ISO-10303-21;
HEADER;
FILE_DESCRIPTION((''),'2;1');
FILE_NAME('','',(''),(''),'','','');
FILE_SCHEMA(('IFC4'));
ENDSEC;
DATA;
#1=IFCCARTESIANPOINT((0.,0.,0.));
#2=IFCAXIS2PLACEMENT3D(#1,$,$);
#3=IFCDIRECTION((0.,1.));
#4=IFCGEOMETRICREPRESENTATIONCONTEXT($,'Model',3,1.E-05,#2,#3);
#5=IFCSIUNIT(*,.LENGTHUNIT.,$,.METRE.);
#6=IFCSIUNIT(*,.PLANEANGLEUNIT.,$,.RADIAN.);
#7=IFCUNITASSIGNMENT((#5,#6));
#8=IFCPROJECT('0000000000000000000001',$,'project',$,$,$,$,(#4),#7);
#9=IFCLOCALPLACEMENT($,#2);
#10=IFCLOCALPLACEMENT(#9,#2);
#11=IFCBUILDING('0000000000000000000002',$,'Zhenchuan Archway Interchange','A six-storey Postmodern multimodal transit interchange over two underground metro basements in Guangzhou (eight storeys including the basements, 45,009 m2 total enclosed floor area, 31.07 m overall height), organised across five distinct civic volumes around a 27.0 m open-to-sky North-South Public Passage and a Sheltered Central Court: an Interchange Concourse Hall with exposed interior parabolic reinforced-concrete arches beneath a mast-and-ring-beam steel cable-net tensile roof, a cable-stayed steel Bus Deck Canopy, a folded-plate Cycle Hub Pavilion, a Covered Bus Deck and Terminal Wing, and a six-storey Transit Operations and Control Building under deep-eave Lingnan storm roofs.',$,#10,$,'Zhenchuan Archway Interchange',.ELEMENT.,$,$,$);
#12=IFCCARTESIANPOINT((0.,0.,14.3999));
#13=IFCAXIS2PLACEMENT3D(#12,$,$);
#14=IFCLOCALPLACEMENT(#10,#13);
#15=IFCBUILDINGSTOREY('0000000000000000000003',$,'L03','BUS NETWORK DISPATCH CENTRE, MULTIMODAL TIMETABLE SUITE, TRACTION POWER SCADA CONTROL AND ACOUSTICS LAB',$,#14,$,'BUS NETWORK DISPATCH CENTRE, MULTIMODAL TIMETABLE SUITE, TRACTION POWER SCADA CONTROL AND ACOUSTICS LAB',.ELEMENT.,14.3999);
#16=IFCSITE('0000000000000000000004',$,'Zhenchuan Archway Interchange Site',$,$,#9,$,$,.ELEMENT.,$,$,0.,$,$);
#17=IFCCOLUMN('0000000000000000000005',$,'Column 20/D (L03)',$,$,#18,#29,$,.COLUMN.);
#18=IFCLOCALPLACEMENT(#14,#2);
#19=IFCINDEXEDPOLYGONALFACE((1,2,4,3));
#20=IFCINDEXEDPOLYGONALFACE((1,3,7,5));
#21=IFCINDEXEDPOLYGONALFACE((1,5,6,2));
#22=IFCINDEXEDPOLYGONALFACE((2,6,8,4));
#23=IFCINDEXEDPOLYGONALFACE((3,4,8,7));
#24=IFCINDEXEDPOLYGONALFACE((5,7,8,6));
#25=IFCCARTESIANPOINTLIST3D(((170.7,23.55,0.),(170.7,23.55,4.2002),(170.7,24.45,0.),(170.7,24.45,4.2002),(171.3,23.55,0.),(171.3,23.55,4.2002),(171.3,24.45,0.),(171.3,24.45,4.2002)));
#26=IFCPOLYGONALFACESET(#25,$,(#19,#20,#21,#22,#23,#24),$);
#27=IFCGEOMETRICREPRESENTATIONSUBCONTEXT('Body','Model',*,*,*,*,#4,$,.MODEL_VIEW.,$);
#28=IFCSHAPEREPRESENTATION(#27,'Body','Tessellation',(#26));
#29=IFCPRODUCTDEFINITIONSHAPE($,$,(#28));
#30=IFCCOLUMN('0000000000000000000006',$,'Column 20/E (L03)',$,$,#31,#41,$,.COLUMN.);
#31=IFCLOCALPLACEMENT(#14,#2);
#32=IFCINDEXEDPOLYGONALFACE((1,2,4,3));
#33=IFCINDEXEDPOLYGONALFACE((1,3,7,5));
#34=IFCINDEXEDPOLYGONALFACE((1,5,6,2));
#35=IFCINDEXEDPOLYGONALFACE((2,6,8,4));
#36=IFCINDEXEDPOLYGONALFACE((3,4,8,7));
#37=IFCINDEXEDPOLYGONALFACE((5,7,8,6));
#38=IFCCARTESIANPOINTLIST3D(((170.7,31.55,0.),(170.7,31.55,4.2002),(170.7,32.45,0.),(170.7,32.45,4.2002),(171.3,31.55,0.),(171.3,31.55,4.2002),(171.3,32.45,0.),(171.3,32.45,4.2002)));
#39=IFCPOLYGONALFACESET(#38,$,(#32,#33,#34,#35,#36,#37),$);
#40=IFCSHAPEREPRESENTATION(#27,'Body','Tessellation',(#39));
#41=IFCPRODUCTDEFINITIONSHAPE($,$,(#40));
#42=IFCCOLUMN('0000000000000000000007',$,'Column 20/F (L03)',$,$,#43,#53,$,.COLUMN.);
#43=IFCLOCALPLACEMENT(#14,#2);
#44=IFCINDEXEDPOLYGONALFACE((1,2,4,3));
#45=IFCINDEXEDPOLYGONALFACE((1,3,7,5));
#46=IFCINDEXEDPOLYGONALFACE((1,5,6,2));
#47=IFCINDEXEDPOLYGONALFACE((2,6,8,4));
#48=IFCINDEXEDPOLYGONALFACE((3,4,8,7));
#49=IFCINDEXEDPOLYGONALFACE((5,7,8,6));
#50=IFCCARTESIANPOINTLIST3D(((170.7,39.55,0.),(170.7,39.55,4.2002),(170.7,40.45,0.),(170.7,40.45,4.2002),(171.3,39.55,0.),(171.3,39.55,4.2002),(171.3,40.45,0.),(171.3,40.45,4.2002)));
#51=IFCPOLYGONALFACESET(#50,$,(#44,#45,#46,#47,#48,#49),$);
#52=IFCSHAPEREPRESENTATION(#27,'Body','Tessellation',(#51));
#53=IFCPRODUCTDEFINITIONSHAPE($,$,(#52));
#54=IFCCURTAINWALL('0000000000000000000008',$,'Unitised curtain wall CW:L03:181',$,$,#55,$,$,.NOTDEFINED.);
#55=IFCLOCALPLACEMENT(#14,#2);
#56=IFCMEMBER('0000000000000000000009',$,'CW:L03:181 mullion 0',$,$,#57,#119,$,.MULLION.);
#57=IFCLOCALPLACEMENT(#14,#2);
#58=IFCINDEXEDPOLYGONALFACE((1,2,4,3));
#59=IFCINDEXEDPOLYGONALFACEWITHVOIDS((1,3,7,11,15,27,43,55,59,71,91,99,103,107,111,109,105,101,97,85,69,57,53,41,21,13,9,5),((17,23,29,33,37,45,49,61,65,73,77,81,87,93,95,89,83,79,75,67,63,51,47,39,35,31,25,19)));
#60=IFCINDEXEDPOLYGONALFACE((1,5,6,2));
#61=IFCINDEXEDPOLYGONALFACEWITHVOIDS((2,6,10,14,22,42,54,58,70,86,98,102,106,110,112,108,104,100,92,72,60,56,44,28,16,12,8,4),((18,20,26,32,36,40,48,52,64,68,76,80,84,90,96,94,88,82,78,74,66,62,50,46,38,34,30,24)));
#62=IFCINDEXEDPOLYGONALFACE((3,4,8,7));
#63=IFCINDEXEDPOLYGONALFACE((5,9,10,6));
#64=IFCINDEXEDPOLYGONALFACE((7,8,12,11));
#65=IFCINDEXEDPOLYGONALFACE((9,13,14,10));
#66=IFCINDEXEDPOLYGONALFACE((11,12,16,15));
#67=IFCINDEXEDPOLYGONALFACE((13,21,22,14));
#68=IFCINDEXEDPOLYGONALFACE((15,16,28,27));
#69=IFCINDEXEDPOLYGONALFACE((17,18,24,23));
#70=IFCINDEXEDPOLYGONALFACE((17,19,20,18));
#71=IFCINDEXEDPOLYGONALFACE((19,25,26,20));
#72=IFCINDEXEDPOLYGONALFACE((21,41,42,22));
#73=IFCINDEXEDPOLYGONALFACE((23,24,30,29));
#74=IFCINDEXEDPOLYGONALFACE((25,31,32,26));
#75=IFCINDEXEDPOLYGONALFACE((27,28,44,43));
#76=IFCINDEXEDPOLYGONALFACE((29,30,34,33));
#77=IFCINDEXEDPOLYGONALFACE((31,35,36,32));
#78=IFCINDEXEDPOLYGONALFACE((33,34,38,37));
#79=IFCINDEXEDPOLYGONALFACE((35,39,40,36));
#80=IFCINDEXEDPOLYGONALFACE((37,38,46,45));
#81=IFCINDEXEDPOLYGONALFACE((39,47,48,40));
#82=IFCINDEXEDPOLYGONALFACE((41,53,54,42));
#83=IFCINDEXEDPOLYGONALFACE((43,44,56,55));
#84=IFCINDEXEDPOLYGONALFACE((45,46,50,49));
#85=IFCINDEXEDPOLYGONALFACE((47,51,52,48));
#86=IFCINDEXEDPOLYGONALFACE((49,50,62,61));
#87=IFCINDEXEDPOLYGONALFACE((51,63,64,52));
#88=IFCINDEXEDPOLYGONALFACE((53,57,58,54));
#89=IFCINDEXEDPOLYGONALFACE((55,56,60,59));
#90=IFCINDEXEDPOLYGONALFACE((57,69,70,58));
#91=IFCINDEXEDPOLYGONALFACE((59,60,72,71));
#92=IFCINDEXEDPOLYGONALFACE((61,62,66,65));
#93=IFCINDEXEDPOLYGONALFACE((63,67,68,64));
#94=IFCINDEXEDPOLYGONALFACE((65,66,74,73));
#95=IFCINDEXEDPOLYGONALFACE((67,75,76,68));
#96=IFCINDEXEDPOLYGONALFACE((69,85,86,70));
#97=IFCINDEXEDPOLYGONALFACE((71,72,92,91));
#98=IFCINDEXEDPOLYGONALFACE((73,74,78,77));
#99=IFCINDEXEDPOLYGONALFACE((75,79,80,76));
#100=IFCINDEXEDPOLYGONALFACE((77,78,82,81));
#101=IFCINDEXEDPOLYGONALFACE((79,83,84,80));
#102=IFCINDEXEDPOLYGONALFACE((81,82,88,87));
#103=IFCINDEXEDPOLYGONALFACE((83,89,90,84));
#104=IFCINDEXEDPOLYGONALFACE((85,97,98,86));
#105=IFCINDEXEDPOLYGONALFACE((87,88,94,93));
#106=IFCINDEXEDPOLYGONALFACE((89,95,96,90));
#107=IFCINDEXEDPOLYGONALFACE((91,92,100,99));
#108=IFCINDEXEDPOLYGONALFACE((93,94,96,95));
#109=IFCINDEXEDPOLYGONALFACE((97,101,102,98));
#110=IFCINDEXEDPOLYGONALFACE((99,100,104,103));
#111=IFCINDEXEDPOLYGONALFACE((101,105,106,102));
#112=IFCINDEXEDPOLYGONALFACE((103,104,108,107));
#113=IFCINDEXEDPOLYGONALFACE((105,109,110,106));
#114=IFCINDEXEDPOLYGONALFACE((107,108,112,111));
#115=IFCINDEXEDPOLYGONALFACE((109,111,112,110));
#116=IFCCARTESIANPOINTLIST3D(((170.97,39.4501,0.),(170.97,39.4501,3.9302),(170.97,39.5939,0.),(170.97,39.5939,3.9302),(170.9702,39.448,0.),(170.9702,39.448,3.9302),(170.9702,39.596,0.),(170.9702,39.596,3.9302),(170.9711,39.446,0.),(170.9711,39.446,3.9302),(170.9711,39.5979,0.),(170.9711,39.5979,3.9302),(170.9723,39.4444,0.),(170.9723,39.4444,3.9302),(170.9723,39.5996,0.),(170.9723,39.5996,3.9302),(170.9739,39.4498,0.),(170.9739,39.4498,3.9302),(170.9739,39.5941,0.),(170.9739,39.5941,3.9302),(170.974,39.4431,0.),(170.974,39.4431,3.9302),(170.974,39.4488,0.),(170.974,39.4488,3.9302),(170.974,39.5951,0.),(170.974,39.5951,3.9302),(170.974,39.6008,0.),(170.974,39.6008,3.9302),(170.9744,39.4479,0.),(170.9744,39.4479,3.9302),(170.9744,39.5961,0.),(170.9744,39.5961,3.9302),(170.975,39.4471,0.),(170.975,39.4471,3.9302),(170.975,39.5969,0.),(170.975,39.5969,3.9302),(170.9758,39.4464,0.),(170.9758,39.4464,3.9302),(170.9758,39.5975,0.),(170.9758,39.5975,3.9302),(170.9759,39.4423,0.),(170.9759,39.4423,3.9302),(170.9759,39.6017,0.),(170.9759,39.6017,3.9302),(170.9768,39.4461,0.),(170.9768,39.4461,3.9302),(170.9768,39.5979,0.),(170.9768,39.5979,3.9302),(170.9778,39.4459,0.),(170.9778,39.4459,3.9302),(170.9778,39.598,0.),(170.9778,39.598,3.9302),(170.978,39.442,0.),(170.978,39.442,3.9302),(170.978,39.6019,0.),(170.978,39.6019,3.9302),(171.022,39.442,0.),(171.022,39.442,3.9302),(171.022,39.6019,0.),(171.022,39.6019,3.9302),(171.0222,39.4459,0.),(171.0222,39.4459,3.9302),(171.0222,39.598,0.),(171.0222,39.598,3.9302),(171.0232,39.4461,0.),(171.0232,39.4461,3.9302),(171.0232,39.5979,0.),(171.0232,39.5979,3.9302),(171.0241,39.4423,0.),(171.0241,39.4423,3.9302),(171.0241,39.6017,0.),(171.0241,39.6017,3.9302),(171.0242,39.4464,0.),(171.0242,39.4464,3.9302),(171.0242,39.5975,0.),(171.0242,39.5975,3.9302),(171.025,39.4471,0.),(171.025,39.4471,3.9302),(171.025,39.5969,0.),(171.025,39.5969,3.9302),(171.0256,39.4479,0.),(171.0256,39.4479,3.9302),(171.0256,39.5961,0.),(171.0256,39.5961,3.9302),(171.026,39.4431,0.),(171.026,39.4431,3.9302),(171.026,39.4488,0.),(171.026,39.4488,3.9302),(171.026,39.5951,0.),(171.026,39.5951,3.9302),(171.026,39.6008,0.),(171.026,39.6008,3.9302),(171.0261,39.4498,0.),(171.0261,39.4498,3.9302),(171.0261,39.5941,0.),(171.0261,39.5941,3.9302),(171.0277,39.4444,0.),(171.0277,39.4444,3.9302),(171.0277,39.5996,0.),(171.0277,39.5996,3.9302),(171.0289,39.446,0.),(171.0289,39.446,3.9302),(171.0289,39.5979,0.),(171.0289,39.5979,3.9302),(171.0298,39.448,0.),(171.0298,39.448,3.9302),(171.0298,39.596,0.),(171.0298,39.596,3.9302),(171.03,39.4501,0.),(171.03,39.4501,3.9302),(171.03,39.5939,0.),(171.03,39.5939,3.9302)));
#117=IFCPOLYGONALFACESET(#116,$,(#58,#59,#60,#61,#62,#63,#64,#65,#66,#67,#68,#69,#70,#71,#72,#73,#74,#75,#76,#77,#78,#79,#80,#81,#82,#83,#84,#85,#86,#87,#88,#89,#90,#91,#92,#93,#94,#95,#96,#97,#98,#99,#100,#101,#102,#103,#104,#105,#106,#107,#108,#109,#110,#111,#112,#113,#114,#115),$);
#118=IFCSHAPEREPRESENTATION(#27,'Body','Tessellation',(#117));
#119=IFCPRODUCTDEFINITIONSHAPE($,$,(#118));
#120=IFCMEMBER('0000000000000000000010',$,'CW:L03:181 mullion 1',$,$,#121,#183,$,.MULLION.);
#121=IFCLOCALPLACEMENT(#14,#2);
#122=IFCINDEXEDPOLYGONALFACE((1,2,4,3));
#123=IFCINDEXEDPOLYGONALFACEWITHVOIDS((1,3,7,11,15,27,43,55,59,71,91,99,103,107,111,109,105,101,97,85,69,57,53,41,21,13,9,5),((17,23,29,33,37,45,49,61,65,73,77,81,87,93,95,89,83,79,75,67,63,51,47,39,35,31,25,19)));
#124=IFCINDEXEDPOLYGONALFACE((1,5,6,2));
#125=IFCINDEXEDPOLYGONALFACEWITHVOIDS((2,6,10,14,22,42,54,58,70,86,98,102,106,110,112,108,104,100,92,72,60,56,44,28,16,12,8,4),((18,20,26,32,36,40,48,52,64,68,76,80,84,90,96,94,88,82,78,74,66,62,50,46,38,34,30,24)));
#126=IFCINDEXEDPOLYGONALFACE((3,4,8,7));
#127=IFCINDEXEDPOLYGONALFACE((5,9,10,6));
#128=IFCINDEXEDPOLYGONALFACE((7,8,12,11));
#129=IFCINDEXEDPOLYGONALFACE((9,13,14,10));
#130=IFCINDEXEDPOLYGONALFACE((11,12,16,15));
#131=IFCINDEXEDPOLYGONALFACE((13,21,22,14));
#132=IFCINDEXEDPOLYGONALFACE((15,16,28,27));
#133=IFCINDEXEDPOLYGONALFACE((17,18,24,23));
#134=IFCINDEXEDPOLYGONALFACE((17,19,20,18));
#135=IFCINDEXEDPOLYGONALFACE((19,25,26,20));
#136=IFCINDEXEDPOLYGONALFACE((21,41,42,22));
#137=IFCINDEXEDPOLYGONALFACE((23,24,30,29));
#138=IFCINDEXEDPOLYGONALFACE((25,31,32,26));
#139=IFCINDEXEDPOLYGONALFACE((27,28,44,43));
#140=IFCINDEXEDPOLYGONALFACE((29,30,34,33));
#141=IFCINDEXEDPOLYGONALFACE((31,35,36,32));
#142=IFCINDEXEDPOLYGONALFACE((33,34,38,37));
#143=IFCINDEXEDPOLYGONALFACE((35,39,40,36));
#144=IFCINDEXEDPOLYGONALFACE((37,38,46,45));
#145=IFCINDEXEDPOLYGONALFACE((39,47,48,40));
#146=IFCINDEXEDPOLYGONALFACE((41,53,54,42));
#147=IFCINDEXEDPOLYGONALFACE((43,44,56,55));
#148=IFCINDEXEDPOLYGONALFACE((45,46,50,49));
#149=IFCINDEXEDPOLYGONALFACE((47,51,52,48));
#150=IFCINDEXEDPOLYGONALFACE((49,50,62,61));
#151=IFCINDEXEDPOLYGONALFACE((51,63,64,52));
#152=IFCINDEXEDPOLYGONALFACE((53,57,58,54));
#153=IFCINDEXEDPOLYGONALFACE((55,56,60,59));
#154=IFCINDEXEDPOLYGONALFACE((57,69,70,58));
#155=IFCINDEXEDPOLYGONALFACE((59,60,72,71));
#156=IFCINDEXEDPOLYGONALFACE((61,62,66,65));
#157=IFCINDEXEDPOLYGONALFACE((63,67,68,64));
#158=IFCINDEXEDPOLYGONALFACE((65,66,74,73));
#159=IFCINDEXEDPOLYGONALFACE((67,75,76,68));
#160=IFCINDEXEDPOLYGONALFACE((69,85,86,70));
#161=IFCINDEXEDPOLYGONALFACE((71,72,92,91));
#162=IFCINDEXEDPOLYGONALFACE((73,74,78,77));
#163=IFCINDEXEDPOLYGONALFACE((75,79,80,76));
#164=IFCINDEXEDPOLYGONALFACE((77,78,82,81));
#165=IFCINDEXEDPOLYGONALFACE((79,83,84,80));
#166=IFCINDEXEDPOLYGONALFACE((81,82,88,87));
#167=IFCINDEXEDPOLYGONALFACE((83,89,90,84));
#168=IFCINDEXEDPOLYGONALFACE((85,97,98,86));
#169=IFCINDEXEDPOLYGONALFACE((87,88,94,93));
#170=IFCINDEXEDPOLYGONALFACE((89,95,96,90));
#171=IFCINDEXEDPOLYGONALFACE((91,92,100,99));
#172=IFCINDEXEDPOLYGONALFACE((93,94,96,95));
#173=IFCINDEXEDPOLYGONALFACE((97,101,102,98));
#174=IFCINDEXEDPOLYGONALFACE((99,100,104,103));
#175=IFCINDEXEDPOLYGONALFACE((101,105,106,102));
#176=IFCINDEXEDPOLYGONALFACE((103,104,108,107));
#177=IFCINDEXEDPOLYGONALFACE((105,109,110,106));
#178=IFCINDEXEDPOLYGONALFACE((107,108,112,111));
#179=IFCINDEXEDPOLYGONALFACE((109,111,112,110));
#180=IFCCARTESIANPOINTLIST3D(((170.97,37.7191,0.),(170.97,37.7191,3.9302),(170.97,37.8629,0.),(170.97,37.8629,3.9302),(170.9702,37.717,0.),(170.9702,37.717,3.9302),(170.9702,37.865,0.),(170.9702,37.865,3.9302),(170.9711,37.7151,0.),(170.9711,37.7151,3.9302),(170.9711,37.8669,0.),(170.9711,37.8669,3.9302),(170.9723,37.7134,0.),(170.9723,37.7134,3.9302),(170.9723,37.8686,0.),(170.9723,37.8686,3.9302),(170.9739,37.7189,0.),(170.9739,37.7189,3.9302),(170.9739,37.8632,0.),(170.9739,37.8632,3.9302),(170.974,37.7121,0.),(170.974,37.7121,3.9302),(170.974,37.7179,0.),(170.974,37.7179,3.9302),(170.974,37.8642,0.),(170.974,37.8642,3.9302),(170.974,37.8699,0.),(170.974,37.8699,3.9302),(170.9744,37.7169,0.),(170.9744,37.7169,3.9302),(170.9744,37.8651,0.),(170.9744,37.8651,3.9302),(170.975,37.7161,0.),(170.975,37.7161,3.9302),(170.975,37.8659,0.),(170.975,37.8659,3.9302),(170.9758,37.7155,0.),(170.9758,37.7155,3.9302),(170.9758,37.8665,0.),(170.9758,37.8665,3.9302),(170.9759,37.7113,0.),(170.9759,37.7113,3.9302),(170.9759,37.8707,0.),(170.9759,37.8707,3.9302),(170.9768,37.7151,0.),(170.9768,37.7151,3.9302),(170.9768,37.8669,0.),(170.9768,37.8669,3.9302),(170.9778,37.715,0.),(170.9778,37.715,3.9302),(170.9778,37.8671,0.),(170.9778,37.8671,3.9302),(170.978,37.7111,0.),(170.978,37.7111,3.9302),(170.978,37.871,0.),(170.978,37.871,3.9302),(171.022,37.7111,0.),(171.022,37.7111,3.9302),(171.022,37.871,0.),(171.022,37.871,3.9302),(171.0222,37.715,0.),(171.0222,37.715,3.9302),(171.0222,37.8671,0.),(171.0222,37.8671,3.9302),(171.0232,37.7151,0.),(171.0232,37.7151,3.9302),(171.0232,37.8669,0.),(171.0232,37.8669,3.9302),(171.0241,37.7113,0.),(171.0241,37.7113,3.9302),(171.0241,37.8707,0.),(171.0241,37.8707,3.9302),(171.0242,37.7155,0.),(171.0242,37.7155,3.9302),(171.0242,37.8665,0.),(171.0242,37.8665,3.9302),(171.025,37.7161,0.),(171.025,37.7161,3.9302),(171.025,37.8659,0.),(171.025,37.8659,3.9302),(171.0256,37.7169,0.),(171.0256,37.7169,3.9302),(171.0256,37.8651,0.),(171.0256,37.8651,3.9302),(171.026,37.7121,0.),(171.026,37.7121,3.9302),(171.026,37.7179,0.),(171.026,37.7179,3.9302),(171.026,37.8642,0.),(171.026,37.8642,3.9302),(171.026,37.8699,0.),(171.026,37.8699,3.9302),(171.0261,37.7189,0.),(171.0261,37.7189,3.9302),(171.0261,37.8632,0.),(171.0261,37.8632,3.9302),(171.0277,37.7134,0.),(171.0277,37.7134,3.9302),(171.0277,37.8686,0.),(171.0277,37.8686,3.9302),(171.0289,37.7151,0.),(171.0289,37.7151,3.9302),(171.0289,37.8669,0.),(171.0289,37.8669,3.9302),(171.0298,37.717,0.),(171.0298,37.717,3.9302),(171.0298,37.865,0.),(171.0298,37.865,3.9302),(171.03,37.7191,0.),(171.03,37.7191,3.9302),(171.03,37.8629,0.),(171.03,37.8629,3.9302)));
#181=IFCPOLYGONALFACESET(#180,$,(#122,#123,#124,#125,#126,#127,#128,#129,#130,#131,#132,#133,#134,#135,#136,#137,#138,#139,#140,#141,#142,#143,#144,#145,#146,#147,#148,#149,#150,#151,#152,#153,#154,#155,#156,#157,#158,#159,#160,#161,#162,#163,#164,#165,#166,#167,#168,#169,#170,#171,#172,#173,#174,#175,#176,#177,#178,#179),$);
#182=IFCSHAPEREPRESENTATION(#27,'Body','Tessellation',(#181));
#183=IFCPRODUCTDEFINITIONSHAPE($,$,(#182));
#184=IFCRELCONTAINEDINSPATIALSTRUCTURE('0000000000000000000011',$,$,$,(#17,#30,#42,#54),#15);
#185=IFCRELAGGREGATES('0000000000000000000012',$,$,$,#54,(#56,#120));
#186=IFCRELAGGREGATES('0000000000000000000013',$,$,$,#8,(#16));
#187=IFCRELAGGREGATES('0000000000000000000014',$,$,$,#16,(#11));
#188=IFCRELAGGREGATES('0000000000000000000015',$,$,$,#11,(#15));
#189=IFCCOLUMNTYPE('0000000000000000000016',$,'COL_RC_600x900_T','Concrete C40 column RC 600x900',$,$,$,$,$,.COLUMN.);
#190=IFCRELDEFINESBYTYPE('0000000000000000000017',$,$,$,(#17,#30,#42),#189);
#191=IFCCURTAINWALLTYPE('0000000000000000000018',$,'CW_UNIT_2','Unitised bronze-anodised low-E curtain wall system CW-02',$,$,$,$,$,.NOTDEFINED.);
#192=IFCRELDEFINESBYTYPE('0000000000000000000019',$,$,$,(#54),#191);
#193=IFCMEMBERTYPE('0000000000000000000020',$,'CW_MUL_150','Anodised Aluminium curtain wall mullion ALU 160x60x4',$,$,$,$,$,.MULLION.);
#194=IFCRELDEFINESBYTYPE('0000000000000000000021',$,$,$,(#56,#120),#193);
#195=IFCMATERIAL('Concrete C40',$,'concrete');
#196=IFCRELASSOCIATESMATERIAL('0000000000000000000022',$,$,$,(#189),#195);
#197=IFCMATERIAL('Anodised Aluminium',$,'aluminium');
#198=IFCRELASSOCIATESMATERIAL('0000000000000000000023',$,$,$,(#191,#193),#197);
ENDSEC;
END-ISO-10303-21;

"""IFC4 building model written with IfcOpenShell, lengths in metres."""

from ifc_helpers import new_model, si_unit, direction, frame, origin, origin_2d, place, context, subcontext, project, spatial, rectangle, hollow_rectangle, extrude, material, material_profile, profile_set, type_object, element, aggregate, save


model = new_model("IFC4")

# Units and contexts
model_context = context("Model", 3, precision=1e-05, world=origin(), true_north=direction((0.0, 1.0)))
body_context = subcontext(model_context, "Body", "Model", "MODEL_VIEW")
ifc_project = project(units=[si_unit("LENGTHUNIT", "METRE"), si_unit("PLANEANGLEUNIT", "RADIAN")], contexts=[model_context])

# Site, building, storey
site_placement = place(None, origin())
site = spatial("IfcSite", under=ifc_project, at=site_placement, Name="Zhenchuan Archway Interchange Site", CompositionType="ELEMENT", RefElevation=0.0)
building_placement = place(site_placement, origin())
building = spatial("IfcBuilding", under=site, at=building_placement, Name="Zhenchuan Archway Interchange", Description="A six-storey Postmodern multimodal transit interchange over two underground metro basements in Guangzhou (eight storeys including the basements, 45,009 m2 total enclosed floor area, 31.07 m overall height), organised across five distinct civic volumes around a 27.0 m open-to-sky North-South Public Passage and a Sheltered Central Court: an Interchange Concourse Hall with exposed interior parabolic reinforced-concrete arches beneath a mast-and-ring-beam steel cable-net tensile roof, a cable-stayed steel Bus Deck Canopy, a folded-plate Cycle Hub Pavilion, a Covered Bus Deck and Terminal Wing, and a six-storey Transit Operations and Control Building under deep-eave Lingnan storm roofs.", LongName="Zhenchuan Archway Interchange", CompositionType="ELEMENT")
storey_placement = place(building_placement, frame((0.0, 0.0, 14.3999)))
storey = spatial("IfcBuildingStorey", under=building, at=storey_placement, Name="L03", Description="BUS NETWORK DISPATCH CENTRE, MULTIMODAL TIMETABLE SUITE, TRACTION POWER SCADA CONTROL AND ACOUSTICS LAB", LongName="BUS NETWORK DISPATCH CENTRE, MULTIMODAL TIMETABLE SUITE, TRACTION POWER SCADA CONTROL AND ACOUSTICS LAB", CompositionType="ELEMENT", Elevation=14.3999)

# Columns
ifc_material_1 = material(Name="Concrete C40", Category="concrete")
ifc_material_profile_1 = material_profile(ifc_material_1, rectangle(XDim=0.6001, YDim=0.8999, at=origin_2d()), Name="RC 600x900")
ifc_profile_set_1 = profile_set([ifc_material_profile_1], Name="Concrete C40")
column_type = type_object("IfcColumnType", Name="COL_RC_600x900_T", Description="Concrete C40 column RC 600x900", PredefinedType="COLUMN", material=ifc_profile_set_1)
for number, where, z_axis, x_axis, name in (
    (1, (171.0, 24.0, 0.0), (0.0, 0.0, 1.0), (1.0, 0.0, 0.0), "Column 20/D (L03)"),
    (2, (171.0, 32.0, 0.0), (0.0, 0.0, 1.0), (1.0, 0.0, 0.0), "Column 20/E (L03)"),
    (3, (171.0, 40.0, 0.0), (0.0, 0.0, 1.0), (1.0, 0.0, 0.0), "Column 20/F (L03)"),
):
    element("IfcColumn", number, at=place(storey_placement, frame(where, z_axis=z_axis, x_axis=x_axis)), inside=storey, type_object=column_type, Name=name, PredefinedType="COLUMN", context=body_context, shape_type="SweptSolid", body=[
        extrude(rectangle(XDim=0.6001, YDim=0.8999, at=origin_2d()), origin(), (0.0, 0.0, 1.0), 4.2002),
    ])

# Curtain wall, members
ifc_material_2 = material(Name="Anodised Aluminium", Category="aluminium")
curtain_wall_type_1 = type_object("IfcCurtainWallType", Name="CW_UNIT_2", Description="Unitised bronze-anodised low-E curtain wall system CW-02", PredefinedType="NOTDEFINED", material=ifc_material_2)
curtain_wall_1_placement = place(storey_placement, origin())
curtain_wall_1 = element("IfcCurtainWall", 4, at=curtain_wall_1_placement, inside=storey, type_object=curtain_wall_type_1, Name="Unitised curtain wall CW:L03:181", PredefinedType="NOTDEFINED")
ifc_material_profile_2 = material_profile(ifc_material_2, hollow_rectangle(XDim=0.0601, YDim=0.1599, WallThickness=0.0039, InnerFilletRadius=0.0039, OuterFilletRadius=0.0081, at=origin_2d()), Name="ALU 160x60x4")
ifc_profile_set_2 = profile_set([ifc_material_profile_2], Name="Anodised Aluminium")
member_type_1 = type_object("IfcMemberType", Name="CW_MUL_150", Description="Anodised Aluminium curtain wall mullion ALU 160x60x4", PredefinedType="MULLION", material=ifc_profile_set_2)
member_1_placement = place(storey_placement, frame((171.0, 39.522, 0.0), z_axis=(0.0, 0.0, 1.0), x_axis=(1.0, 0.0, 0.0)))
member_1 = element("IfcMember", 5, at=member_1_placement, type_object=member_type_1, Name="CW:L03:181 mullion 0", PredefinedType="MULLION", context=body_context, shape_type="SweptSolid", body=[
    extrude(hollow_rectangle(XDim=0.0601, YDim=0.1599, WallThickness=0.0039, InnerFilletRadius=0.0039, OuterFilletRadius=0.0081, at=origin_2d()), origin(), (0.0, 0.0, 1.0), 3.9302),
])
member_2_placement = place(storey_placement, frame((171.0, 37.791, 0.0), z_axis=(0.0, 0.0, 1.0), x_axis=(1.0, 0.0, 0.0)))
member_2 = element("IfcMember", 6, at=member_2_placement, type_object=member_type_1, Name="CW:L03:181 mullion 1", PredefinedType="MULLION", context=body_context, shape_type="SweptSolid", body=[
    extrude(hollow_rectangle(XDim=0.0601, YDim=0.1599, WallThickness=0.0039, InnerFilletRadius=0.0039, OuterFilletRadius=0.0081, at=origin_2d()), origin(), (0.0, 0.0, 1.0), 3.9302),
])

aggregate(curtain_wall_1, [member_1, member_2])

save(model, "model.ifc")
